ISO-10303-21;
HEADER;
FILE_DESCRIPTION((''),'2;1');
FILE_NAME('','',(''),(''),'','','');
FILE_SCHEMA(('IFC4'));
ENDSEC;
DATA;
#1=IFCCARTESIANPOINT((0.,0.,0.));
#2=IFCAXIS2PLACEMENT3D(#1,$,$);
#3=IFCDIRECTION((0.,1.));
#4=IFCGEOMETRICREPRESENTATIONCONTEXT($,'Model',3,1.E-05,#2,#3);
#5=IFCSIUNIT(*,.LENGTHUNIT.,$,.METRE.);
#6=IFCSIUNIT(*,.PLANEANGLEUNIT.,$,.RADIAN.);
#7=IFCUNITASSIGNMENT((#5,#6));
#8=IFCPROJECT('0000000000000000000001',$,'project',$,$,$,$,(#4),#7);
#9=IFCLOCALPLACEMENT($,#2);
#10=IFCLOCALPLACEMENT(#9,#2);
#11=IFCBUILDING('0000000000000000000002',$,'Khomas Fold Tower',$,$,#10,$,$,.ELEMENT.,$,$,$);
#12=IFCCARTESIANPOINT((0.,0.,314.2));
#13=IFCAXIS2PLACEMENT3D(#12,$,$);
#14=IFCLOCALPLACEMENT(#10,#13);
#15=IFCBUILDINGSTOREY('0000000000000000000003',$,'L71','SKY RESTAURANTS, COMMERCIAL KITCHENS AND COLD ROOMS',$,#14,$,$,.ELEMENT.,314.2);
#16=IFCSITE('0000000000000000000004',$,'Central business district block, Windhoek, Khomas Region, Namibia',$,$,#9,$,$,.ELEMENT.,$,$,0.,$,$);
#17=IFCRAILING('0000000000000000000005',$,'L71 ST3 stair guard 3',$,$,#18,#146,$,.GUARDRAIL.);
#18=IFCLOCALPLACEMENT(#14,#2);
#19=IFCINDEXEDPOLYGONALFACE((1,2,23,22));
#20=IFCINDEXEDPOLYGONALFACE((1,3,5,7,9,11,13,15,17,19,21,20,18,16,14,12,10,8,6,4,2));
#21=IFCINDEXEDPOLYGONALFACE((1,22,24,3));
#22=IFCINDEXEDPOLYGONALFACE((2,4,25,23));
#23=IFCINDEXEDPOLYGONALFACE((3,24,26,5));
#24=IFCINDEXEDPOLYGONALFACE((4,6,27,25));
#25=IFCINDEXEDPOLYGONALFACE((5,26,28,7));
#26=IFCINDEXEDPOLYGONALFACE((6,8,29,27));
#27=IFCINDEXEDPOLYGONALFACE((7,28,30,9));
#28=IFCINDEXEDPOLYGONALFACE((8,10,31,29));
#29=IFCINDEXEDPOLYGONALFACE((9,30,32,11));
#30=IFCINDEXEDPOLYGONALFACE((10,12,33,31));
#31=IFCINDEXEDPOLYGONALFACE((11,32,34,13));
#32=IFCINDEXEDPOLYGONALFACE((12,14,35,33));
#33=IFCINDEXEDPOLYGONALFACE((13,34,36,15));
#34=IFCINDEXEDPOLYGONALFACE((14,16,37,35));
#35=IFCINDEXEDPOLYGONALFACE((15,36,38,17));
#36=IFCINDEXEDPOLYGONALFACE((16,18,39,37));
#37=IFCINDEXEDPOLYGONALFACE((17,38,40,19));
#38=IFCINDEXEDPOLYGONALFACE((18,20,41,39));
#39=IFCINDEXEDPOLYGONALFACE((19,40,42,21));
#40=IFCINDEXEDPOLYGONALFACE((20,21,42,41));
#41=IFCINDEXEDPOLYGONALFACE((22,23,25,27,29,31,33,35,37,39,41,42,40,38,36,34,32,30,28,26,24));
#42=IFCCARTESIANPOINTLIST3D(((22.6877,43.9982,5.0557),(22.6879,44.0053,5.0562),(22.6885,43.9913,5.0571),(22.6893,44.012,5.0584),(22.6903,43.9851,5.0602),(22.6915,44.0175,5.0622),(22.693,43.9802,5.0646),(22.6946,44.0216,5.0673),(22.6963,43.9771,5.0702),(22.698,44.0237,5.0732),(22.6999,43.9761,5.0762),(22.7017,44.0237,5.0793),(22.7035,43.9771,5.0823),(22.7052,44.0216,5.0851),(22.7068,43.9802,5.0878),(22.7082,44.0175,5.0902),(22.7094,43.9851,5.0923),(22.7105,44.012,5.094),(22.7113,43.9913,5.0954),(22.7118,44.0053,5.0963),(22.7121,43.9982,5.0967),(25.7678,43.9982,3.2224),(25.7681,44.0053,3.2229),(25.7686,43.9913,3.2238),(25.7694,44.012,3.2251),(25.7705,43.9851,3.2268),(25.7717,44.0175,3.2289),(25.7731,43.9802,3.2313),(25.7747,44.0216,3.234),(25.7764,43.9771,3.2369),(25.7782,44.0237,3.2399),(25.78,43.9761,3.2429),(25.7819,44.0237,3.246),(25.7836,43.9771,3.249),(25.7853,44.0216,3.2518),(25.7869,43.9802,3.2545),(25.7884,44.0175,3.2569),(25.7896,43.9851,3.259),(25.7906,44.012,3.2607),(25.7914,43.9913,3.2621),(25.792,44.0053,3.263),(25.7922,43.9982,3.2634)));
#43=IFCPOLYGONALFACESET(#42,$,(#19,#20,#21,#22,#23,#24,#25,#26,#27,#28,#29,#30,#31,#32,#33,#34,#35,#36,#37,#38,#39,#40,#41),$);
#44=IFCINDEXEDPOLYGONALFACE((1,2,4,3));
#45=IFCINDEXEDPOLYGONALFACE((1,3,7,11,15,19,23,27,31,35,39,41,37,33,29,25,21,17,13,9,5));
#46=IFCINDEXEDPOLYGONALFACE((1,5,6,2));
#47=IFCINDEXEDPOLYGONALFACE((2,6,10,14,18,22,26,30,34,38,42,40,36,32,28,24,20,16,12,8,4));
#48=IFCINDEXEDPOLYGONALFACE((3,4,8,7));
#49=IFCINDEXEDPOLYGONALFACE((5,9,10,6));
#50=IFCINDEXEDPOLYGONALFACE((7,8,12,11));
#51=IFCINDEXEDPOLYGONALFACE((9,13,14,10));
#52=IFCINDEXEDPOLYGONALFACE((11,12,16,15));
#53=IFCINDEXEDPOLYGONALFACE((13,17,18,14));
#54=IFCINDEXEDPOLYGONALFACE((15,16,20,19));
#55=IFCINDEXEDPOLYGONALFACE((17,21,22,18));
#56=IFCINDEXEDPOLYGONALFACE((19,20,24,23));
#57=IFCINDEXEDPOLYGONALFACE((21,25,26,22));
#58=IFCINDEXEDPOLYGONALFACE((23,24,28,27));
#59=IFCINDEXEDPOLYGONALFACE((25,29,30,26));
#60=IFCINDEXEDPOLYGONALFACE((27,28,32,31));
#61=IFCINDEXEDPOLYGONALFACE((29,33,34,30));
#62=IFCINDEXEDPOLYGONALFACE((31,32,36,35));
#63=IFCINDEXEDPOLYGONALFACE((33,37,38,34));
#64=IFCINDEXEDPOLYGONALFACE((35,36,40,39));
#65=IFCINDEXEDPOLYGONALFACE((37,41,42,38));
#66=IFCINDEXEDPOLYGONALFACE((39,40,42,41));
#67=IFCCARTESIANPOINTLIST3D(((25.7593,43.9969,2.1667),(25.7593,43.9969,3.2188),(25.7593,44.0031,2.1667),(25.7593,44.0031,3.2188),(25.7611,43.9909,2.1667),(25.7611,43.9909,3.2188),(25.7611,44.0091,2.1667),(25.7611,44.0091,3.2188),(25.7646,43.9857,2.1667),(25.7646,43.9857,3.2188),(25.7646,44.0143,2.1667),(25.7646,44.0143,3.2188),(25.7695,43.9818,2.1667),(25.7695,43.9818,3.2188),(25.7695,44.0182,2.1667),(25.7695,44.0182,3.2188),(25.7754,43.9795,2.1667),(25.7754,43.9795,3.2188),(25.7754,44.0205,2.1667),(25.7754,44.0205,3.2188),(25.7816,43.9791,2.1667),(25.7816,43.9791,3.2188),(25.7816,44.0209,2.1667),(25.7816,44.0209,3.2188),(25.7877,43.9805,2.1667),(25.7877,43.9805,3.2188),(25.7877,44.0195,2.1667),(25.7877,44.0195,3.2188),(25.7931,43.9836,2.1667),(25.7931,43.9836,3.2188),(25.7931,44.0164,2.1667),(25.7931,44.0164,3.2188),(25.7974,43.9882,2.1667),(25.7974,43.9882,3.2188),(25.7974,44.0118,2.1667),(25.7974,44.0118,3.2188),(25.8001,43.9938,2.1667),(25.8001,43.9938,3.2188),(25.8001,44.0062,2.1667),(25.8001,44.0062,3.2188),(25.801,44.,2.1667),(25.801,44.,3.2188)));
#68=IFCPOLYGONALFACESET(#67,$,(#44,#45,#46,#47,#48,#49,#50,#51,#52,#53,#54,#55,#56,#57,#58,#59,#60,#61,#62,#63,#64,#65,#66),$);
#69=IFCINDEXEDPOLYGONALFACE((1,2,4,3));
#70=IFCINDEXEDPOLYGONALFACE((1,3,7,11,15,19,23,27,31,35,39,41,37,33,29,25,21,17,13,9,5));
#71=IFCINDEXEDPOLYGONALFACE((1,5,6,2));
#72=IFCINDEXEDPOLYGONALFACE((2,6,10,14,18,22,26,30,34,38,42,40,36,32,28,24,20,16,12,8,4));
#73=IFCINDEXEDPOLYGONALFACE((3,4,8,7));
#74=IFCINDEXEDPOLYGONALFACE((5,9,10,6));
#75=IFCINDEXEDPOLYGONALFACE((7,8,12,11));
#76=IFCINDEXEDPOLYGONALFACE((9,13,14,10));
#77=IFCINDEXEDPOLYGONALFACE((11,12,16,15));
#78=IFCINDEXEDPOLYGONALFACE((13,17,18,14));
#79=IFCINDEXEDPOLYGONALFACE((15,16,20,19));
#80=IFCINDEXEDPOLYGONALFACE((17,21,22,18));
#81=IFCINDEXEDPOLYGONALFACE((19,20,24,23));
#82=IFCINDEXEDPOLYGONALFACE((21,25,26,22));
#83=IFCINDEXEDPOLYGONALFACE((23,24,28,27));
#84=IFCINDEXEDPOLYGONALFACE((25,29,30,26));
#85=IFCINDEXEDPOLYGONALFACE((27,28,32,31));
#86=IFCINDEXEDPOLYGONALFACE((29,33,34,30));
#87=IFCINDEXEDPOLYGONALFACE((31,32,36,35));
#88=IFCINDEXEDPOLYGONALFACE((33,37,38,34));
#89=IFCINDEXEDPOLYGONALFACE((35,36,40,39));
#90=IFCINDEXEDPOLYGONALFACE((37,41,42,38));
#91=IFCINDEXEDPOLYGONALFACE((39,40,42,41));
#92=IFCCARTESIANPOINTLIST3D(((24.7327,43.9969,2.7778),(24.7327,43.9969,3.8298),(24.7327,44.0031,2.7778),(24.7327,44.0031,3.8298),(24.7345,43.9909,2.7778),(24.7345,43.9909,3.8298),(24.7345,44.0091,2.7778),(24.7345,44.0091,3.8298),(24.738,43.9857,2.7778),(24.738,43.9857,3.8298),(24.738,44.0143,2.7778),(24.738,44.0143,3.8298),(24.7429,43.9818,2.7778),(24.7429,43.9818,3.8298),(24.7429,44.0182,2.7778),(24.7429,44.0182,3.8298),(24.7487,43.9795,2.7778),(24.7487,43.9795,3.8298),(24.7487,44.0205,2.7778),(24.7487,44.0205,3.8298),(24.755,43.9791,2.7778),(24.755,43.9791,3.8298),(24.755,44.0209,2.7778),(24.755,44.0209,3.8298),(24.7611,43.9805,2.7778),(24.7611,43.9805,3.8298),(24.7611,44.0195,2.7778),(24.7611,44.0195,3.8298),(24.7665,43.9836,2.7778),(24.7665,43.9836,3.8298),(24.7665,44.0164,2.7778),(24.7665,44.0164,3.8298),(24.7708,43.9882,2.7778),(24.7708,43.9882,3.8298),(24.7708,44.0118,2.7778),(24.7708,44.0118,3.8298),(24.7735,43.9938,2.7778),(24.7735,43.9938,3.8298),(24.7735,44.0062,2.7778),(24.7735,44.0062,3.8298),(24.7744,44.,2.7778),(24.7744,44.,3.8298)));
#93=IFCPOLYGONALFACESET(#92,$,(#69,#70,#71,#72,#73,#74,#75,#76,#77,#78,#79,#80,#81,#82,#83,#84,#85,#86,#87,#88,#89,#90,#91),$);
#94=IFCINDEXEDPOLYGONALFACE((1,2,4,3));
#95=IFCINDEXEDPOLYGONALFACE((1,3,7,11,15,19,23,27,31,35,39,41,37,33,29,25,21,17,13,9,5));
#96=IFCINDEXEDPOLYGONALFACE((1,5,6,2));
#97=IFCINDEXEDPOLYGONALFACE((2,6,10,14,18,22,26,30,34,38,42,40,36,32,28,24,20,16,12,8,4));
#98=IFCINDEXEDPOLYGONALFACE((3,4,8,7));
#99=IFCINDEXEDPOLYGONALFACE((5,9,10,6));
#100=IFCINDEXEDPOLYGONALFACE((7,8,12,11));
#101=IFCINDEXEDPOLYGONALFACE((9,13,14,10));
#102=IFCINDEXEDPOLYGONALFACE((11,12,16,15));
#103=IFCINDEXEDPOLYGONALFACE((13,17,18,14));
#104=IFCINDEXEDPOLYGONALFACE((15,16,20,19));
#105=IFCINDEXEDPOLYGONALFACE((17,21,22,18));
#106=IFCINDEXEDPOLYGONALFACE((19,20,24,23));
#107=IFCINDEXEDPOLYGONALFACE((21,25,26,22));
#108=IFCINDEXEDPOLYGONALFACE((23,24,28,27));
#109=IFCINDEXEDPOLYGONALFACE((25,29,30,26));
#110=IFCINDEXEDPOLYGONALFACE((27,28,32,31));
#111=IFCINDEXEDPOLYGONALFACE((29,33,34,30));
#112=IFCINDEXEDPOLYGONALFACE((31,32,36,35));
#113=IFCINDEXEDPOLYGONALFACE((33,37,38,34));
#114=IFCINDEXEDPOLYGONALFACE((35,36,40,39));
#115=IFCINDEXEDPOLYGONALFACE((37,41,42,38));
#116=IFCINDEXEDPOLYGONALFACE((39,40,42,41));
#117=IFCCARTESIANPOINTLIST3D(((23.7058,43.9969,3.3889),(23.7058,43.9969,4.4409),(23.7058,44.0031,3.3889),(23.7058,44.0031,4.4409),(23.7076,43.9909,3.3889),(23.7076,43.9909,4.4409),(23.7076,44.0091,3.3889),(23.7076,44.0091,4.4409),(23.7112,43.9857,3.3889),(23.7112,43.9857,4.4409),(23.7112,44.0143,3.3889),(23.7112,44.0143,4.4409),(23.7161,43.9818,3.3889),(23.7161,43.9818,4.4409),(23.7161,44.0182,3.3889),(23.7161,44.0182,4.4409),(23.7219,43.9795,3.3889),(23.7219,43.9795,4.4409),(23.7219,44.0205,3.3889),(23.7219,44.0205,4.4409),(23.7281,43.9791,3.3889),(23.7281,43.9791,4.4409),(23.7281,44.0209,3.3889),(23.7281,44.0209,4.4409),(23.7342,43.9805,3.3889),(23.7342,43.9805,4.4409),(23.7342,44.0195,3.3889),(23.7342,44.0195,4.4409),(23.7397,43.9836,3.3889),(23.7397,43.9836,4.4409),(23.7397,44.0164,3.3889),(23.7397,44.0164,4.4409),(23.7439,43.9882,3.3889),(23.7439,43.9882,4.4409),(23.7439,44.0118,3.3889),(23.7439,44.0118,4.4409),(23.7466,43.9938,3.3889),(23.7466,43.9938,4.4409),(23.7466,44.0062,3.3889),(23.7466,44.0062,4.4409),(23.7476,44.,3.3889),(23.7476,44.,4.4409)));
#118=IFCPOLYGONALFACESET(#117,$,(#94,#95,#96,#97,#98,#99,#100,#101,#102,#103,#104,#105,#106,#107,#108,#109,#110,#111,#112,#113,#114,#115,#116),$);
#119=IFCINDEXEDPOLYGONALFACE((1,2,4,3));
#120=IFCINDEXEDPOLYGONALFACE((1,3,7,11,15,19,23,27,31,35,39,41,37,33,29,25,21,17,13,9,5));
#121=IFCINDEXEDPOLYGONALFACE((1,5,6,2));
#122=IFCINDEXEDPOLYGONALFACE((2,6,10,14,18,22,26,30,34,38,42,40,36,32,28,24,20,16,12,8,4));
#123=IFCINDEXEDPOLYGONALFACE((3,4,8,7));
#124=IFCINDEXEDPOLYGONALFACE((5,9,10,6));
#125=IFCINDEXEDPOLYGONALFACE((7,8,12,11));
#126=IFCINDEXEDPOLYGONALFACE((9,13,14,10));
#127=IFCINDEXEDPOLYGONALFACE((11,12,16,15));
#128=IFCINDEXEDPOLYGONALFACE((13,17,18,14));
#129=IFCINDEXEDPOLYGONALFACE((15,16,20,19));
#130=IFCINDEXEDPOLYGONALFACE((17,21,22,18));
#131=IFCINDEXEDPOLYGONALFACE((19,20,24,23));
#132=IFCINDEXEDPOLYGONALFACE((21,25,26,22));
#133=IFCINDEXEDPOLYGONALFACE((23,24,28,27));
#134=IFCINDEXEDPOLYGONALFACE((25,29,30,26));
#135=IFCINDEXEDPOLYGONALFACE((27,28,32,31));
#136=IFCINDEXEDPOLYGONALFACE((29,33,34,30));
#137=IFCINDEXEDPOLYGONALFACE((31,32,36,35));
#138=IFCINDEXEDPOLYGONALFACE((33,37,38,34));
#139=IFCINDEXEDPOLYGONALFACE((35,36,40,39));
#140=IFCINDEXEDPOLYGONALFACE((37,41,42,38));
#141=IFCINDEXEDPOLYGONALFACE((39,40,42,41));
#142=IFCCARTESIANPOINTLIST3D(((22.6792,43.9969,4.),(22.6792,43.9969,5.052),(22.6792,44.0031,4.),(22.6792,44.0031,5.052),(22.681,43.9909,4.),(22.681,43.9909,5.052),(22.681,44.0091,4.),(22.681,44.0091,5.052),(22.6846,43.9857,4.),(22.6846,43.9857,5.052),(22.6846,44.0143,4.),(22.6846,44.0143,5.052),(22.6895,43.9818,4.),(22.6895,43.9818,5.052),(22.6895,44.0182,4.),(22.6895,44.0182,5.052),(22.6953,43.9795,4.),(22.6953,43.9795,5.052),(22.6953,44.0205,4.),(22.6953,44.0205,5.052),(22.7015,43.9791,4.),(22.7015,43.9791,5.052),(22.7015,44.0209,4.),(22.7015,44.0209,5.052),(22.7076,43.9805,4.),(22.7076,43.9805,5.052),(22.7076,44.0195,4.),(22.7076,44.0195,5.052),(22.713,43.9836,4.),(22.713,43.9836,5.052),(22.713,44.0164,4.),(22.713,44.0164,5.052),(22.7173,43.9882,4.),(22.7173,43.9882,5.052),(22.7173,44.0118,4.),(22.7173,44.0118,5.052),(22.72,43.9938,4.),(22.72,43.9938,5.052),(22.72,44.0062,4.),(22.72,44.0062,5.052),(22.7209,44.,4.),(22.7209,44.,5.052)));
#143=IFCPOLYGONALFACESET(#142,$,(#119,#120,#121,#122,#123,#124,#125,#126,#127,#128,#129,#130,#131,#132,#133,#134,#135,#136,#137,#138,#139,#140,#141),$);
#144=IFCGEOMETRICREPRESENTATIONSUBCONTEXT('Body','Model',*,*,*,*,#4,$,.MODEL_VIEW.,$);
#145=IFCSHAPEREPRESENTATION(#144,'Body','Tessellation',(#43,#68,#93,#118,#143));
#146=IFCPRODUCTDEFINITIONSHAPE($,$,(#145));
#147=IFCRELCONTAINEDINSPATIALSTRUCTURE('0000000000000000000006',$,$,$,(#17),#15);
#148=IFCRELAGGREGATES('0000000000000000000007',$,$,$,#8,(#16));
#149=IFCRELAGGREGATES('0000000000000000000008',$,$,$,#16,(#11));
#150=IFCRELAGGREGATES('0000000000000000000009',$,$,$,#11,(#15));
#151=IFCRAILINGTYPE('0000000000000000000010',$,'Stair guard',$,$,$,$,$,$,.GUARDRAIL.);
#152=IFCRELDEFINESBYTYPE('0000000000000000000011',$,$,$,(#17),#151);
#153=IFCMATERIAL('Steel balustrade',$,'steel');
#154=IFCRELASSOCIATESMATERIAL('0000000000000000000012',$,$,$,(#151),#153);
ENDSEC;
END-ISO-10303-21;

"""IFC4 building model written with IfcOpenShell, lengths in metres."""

from ifc_helpers import new_model, si_unit, direction, frame, origin, origin_2d, place, context, subcontext, project, spatial, circle, extrude, source, transform, mapped, material, type_object, element, save


model = new_model("IFC4")

# Units and contexts
model_context = context("Model", 3, precision=1e-05, world=origin(), true_north=direction((0.0, 1.0)))
body_context = subcontext(model_context, "Body", "Model", "MODEL_VIEW")
ifc_project = project(units=[si_unit("LENGTHUNIT", "METRE"), si_unit("PLANEANGLEUNIT", "RADIAN")], contexts=[model_context])

# Site, building, storey
site_placement = place(None, origin())
site = spatial("IfcSite", under=ifc_project, at=site_placement, Name="Central business district block, Windhoek, Khomas Region, Namibia", CompositionType="ELEMENT", RefElevation=0.0)
building_placement = place(site_placement, origin())
building = spatial("IfcBuilding", under=site, at=building_placement, Name="Khomas Fold Tower", CompositionType="ELEMENT")
storey_placement = place(building_placement, frame((0.0, 0.0, 314.2)))
storey = spatial("IfcBuildingStorey", under=building, at=storey_placement, Name="L71", Description="SKY RESTAURANTS, COMMERCIAL KITCHENS AND COLD ROOMS", CompositionType="ELEMENT", Elevation=314.2)

# Railing
ifc_material_1 = material(Name="Steel balustrade", Category="steel")
railing_type_1 = type_object("IfcRailingType", Name="Stair guard", PredefinedType="GUARDRAIL", material=ifc_material_1)
shared_shape_1 = source(origin(), body_context, "Body", "SweptSolid", [
    extrude(circle(Radius=0.0239, at=origin_2d()), frame((0.0, 0.0, 1.0762), z_axis=(-0.859309, 0.0, 0.511458), x_axis=(0.0, -1.0, 0.0)), (0.0, 0.0, 1.0), 3.5845),
    extrude(circle(Radius=0.021, at=origin_2d()), origin(), (0.0, 0.0, 1.0), 1.052),
    extrude(circle(Radius=0.021, at=origin_2d()), frame((-1.0266, 0.0, 0.6111)), (0.0, 0.0, 1.0), 1.052),
    extrude(circle(Radius=0.021, at=origin_2d()), frame((-2.0535, 0.0, 1.2222)), (0.0, 0.0, 1.0), 1.052),
    extrude(circle(Radius=0.021, at=origin_2d()), frame((-3.0801, 0.0, 1.8333)), (0.0, 0.0, 1.0), 1.052),
])
railing_1_placement = place(storey_placement, frame((25.78, 44.0, 2.1667)))
element("IfcRailing", 1, at=railing_1_placement, inside=storey, type_object=railing_type_1, Name="L71 ST3 stair guard 3", PredefinedType="GUARDRAIL", context=body_context, shape_type="MappedRepresentation", body=[
    mapped(shared_shape_1, transform((0.0, 0.0, 0.0))),
])

save(model, "model.ifc")
